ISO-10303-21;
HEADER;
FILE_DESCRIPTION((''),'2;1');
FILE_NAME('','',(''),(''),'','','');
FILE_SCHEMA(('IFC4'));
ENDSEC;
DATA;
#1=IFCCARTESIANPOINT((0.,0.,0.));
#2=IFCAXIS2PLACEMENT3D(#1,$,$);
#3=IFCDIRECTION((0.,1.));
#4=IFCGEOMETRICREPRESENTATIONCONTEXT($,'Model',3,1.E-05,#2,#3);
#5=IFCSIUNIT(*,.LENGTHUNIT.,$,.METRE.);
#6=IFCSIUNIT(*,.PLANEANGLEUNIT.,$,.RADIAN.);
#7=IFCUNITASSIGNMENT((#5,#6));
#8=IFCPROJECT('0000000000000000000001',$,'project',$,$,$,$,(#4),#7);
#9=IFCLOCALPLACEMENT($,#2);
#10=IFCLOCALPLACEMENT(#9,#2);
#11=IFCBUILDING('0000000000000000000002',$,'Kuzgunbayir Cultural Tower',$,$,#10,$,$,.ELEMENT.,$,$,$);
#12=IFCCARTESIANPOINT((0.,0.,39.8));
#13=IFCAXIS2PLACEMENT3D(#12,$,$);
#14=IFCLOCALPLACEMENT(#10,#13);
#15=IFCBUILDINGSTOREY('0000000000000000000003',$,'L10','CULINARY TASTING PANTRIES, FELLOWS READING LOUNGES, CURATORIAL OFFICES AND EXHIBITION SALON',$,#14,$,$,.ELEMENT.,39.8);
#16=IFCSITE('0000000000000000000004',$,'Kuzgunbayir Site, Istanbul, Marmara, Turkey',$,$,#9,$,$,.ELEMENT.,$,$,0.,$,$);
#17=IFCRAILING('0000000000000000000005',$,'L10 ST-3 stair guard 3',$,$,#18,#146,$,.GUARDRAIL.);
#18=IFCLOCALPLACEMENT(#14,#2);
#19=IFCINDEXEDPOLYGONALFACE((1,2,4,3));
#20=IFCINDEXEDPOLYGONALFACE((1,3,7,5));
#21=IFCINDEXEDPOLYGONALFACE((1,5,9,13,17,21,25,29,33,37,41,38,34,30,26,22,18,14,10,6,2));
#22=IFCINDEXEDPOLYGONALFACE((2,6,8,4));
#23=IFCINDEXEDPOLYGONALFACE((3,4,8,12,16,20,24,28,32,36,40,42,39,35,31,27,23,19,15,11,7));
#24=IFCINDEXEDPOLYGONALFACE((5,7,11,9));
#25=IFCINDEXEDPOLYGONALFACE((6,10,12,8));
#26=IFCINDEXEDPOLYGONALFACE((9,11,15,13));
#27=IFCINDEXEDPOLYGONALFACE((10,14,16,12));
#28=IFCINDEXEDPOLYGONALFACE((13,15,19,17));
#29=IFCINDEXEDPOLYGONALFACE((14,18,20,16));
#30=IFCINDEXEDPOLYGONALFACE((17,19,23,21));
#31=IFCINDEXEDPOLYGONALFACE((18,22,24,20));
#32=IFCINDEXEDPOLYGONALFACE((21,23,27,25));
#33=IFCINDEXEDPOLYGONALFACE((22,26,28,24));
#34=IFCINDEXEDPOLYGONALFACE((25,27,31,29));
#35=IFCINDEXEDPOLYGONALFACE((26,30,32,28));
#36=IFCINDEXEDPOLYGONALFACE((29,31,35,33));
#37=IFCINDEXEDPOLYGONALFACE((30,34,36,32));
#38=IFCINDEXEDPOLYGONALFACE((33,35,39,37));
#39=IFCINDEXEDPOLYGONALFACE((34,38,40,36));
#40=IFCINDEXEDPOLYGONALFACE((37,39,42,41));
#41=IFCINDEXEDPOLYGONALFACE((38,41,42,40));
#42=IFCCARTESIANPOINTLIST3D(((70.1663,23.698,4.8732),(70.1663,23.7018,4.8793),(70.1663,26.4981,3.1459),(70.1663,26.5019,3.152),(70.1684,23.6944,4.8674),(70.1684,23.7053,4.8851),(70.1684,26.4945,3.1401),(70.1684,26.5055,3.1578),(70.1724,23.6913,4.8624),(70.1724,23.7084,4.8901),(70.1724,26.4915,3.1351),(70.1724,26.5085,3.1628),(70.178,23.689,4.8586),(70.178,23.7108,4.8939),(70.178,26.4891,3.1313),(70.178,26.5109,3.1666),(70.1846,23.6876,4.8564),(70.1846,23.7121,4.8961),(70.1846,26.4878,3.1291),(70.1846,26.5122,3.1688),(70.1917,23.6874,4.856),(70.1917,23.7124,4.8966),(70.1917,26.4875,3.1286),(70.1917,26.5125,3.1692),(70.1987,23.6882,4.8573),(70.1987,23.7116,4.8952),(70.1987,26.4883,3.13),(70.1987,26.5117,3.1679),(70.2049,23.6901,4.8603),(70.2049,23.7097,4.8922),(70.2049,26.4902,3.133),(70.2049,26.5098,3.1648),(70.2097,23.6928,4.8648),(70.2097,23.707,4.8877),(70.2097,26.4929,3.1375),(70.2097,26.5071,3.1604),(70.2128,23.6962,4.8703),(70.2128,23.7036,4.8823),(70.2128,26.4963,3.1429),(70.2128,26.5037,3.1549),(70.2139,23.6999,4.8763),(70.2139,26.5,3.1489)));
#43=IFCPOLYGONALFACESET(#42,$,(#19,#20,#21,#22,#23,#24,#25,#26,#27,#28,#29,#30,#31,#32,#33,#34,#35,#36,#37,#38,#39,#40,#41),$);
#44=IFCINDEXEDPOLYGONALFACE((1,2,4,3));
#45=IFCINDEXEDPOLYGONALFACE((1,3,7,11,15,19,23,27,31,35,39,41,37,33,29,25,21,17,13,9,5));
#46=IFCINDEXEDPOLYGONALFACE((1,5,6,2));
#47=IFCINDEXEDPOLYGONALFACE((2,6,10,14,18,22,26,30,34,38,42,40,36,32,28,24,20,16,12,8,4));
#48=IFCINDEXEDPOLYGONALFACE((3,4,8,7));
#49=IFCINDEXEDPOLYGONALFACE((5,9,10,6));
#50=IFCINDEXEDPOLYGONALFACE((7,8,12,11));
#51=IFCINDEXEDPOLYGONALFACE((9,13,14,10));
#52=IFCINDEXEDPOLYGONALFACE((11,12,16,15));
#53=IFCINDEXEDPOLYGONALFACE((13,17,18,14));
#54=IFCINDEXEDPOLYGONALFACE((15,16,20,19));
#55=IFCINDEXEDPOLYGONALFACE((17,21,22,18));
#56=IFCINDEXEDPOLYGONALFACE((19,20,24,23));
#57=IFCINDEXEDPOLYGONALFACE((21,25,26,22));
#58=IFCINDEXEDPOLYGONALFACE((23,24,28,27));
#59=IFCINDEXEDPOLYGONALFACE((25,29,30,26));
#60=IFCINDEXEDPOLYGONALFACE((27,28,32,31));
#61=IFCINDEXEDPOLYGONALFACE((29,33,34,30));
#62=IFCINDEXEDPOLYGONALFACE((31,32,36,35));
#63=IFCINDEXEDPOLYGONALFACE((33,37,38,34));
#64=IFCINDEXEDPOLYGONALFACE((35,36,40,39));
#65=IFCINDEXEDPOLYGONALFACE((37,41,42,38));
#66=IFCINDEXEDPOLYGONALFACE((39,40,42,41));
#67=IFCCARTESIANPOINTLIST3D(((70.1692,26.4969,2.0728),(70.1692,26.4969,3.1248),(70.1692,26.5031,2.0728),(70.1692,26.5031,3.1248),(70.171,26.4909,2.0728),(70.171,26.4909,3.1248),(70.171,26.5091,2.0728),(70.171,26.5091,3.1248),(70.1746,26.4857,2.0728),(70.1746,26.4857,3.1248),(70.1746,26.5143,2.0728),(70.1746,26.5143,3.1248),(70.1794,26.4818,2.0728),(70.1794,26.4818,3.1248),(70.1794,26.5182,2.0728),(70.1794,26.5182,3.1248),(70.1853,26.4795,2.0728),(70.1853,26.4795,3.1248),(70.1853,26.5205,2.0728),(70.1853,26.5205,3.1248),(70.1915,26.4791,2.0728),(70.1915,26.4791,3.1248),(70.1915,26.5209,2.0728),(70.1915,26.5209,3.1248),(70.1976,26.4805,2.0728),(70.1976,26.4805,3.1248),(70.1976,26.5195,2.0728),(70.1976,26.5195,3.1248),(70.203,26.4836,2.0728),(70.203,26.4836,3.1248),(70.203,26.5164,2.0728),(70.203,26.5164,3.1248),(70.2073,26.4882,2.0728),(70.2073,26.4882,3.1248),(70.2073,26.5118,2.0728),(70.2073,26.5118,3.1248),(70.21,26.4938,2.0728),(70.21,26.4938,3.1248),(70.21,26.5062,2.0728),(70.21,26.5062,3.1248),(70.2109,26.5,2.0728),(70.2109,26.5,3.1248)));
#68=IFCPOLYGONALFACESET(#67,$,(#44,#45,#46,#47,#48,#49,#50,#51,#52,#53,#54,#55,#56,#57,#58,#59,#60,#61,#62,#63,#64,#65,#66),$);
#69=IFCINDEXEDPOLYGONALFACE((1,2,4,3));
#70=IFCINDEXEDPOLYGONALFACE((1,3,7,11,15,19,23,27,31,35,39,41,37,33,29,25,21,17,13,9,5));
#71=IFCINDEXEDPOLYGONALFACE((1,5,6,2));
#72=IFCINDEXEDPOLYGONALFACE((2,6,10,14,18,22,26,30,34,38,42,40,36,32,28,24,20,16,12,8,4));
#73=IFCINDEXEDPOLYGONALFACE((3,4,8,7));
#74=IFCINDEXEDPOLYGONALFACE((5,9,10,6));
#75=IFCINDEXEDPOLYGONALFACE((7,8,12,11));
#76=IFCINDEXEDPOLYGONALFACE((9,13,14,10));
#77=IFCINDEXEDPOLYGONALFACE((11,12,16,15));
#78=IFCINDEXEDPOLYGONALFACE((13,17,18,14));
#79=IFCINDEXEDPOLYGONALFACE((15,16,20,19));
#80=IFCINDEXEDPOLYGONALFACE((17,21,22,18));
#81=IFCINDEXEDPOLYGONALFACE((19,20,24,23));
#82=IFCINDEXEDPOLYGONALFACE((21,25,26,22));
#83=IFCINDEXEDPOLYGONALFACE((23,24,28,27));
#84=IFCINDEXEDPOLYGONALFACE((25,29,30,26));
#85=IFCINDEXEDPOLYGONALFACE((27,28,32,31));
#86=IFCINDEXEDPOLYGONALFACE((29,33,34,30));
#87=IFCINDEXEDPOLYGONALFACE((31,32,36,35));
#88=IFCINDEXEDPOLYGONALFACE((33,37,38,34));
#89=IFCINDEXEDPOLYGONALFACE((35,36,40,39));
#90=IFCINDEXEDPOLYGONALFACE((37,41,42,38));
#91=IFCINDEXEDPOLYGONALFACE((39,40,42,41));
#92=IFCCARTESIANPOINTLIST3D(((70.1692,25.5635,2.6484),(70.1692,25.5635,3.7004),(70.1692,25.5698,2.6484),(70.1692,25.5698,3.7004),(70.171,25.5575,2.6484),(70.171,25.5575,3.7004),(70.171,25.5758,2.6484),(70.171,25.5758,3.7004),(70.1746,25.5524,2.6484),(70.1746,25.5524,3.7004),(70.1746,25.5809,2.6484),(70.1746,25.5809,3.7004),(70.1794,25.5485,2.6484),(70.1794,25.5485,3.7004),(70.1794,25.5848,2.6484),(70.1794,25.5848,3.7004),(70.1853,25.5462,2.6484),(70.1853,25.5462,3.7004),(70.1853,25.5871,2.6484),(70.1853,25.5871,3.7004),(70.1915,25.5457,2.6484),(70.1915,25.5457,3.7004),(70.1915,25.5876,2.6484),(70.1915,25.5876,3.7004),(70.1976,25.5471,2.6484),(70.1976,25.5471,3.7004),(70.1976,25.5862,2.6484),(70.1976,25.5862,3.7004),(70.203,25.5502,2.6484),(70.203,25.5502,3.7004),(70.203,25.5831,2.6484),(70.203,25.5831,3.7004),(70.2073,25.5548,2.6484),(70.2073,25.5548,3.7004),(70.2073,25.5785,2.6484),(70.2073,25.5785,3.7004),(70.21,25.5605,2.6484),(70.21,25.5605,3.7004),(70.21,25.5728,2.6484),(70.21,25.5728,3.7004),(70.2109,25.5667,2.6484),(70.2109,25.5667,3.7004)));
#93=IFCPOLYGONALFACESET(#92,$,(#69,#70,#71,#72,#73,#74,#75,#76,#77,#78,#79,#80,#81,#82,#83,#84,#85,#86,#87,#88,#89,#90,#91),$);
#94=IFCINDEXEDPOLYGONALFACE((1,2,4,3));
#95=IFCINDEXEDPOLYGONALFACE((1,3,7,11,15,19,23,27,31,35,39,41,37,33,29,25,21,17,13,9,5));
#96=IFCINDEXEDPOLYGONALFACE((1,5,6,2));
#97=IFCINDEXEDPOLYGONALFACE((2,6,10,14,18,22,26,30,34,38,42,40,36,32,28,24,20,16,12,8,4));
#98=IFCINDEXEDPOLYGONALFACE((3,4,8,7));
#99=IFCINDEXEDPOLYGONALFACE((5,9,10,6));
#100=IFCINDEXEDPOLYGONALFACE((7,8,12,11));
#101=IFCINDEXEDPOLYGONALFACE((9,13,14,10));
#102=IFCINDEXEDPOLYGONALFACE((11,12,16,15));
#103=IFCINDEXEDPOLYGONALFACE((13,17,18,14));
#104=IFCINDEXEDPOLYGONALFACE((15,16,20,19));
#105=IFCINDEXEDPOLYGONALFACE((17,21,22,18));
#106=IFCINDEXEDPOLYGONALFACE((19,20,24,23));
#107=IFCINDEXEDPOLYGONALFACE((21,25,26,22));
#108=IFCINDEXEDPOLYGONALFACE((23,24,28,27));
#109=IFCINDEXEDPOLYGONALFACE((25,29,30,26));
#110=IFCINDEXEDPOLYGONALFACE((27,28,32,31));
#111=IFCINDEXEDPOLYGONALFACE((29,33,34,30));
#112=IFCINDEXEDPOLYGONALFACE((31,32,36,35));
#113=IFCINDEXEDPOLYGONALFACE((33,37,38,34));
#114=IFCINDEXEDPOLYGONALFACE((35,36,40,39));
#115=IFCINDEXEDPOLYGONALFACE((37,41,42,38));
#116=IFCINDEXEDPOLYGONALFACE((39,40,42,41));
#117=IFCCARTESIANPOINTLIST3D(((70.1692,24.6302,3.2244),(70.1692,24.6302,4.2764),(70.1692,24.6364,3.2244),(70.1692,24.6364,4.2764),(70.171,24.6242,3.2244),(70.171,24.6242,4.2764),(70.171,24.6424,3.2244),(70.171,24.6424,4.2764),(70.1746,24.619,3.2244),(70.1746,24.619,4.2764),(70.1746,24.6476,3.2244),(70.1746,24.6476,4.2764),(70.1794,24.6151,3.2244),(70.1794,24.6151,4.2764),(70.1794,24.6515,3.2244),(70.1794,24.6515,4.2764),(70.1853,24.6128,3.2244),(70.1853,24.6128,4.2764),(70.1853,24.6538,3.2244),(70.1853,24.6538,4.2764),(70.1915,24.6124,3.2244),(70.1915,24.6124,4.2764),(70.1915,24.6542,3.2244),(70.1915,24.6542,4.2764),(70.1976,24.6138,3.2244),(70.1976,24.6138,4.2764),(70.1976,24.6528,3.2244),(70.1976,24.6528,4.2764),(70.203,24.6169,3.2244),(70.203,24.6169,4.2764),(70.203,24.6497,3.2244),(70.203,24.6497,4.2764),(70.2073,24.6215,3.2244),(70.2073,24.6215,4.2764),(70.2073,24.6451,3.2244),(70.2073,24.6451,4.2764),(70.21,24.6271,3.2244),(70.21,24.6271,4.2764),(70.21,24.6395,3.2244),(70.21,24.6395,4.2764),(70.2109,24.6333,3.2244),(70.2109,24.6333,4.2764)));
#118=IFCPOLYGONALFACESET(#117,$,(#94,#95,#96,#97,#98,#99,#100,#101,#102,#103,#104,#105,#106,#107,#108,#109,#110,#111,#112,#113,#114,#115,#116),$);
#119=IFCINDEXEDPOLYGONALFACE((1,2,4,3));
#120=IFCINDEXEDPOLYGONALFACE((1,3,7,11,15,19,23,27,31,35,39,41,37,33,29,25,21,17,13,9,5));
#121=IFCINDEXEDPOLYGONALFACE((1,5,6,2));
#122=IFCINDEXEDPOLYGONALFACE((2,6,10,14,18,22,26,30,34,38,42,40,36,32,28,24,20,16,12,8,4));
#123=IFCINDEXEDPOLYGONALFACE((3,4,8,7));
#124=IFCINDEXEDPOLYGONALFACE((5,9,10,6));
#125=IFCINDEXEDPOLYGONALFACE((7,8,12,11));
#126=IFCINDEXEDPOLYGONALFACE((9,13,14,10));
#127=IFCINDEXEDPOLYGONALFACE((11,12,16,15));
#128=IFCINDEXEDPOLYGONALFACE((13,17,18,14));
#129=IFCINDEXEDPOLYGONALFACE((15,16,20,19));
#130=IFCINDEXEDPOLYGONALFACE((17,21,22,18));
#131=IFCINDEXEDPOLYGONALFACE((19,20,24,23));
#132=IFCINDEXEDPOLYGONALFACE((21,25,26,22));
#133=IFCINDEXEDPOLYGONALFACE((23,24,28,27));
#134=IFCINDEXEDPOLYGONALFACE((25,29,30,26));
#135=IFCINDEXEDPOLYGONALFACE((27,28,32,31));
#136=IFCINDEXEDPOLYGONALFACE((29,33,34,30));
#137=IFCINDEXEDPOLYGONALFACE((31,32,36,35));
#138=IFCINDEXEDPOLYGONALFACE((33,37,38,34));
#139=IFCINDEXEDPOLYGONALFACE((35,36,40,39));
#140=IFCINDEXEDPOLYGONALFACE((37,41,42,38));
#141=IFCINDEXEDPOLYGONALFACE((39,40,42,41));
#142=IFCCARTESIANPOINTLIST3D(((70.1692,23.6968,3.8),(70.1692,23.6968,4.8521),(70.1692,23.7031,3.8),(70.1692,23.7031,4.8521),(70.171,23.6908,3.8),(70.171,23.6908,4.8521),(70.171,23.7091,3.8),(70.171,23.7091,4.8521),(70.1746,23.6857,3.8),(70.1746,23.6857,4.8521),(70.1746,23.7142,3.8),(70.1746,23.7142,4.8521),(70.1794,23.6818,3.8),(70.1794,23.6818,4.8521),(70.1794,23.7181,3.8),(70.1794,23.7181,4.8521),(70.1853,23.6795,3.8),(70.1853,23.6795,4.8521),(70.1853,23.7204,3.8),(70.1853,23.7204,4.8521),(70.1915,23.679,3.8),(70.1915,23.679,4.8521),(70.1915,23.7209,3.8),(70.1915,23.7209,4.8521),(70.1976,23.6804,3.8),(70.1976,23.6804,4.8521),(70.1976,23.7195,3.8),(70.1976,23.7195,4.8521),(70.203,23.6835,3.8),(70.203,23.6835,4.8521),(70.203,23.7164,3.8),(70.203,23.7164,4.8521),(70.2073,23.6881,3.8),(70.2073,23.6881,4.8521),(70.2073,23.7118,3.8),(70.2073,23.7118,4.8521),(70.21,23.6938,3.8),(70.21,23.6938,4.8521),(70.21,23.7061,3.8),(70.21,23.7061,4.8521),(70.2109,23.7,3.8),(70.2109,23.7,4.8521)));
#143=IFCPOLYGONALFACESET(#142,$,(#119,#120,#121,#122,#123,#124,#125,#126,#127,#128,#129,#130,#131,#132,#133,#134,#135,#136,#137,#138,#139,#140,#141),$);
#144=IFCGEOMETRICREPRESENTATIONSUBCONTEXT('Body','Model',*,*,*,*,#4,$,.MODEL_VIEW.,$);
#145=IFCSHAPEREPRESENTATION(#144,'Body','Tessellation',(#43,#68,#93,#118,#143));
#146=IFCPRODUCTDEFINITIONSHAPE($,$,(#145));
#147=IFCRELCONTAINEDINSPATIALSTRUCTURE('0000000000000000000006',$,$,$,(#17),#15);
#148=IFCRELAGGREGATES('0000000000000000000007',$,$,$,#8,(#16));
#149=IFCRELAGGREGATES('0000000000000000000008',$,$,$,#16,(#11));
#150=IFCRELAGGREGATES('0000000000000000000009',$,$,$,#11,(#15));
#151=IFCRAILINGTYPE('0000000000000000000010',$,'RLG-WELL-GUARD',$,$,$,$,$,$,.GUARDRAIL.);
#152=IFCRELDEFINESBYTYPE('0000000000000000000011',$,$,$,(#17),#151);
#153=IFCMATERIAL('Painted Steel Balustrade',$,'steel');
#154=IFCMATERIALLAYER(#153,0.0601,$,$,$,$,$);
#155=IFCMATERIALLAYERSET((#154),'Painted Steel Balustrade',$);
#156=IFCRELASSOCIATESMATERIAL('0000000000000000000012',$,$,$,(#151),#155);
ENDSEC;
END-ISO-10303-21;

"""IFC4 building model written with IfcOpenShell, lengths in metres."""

from ifc_helpers import new_model, si_unit, direction, frame, origin, origin_2d, place, context, subcontext, project, spatial, circle, extrude, material, layer, layer_set, type_object, element, save


model = new_model("IFC4")

# Units and contexts
model_context = context("Model", 3, precision=1e-05, world=origin(), true_north=direction((0.0, 1.0)))
body_context = subcontext(model_context, "Body", "Model", "MODEL_VIEW")
ifc_project = project(units=[si_unit("LENGTHUNIT", "METRE"), si_unit("PLANEANGLEUNIT", "RADIAN")], contexts=[model_context])

# Site, building, storey
site_placement = place(None, origin())
site = spatial("IfcSite", under=ifc_project, at=site_placement, Name="Kuzgunbayir Site, Istanbul, Marmara, Turkey", CompositionType="ELEMENT", RefElevation=0.0)
building_placement = place(site_placement, origin())
building = spatial("IfcBuilding", under=site, at=building_placement, Name="Kuzgunbayir Cultural Tower", CompositionType="ELEMENT")
storey_placement = place(building_placement, frame((0.0, 0.0, 39.8)))
storey = spatial("IfcBuildingStorey", under=building, at=storey_placement, Name="L10", Description="CULINARY TASTING PANTRIES, FELLOWS READING LOUNGES, CURATORIAL OFFICES AND EXHIBITION SALON", CompositionType="ELEMENT", Elevation=39.8)

# Railing
ifc_material_1 = material(Name="Painted Steel Balustrade", Category="steel")
ifc_layer_1 = layer(ifc_material_1, 0.0601)
ifc_layer_set_1 = layer_set([ifc_layer_1], Name="Painted Steel Balustrade")
railing_type_1 = type_object("IfcRailingType", Name="RLG-WELL-GUARD", PredefinedType="GUARDRAIL", material=ifc_layer_set_1)
railing_1_placement = place(storey_placement, frame((70.1899, 26.5, 2.0728)))
element("IfcRailing", 1, at=railing_1_placement, inside=storey, type_object=railing_type_1, Name="L10 ST-3 stair guard 3", PredefinedType="GUARDRAIL", context=body_context, shape_type="SweptSolid", body=[
    extrude(circle(Radius=0.0239, at=origin_2d()), frame((0.0, 0.0, 1.0762), z_axis=(0.0, -0.85109, 0.52502), x_axis=(1.0, 0.0, 0.0)), (0.0, 0.0, 1.0), 3.29),
    extrude(circle(Radius=0.021, at=origin_2d()), origin(), (0.0, 0.0, 1.0), 1.052),
    extrude(circle(Radius=0.021, at=origin_2d()), frame((0.0, -0.9333, 0.5757)), (0.0, 0.0, 1.0), 1.052),
    extrude(circle(Radius=0.021, at=origin_2d()), frame((0.0, -1.8667, 1.1516)), (0.0, 0.0, 1.0), 1.052),
    extrude(circle(Radius=0.021, at=origin_2d()), frame((0.0, -2.8, 1.7273)), (0.0, 0.0, 1.0), 1.052),
])

save(model, "model.ifc")
